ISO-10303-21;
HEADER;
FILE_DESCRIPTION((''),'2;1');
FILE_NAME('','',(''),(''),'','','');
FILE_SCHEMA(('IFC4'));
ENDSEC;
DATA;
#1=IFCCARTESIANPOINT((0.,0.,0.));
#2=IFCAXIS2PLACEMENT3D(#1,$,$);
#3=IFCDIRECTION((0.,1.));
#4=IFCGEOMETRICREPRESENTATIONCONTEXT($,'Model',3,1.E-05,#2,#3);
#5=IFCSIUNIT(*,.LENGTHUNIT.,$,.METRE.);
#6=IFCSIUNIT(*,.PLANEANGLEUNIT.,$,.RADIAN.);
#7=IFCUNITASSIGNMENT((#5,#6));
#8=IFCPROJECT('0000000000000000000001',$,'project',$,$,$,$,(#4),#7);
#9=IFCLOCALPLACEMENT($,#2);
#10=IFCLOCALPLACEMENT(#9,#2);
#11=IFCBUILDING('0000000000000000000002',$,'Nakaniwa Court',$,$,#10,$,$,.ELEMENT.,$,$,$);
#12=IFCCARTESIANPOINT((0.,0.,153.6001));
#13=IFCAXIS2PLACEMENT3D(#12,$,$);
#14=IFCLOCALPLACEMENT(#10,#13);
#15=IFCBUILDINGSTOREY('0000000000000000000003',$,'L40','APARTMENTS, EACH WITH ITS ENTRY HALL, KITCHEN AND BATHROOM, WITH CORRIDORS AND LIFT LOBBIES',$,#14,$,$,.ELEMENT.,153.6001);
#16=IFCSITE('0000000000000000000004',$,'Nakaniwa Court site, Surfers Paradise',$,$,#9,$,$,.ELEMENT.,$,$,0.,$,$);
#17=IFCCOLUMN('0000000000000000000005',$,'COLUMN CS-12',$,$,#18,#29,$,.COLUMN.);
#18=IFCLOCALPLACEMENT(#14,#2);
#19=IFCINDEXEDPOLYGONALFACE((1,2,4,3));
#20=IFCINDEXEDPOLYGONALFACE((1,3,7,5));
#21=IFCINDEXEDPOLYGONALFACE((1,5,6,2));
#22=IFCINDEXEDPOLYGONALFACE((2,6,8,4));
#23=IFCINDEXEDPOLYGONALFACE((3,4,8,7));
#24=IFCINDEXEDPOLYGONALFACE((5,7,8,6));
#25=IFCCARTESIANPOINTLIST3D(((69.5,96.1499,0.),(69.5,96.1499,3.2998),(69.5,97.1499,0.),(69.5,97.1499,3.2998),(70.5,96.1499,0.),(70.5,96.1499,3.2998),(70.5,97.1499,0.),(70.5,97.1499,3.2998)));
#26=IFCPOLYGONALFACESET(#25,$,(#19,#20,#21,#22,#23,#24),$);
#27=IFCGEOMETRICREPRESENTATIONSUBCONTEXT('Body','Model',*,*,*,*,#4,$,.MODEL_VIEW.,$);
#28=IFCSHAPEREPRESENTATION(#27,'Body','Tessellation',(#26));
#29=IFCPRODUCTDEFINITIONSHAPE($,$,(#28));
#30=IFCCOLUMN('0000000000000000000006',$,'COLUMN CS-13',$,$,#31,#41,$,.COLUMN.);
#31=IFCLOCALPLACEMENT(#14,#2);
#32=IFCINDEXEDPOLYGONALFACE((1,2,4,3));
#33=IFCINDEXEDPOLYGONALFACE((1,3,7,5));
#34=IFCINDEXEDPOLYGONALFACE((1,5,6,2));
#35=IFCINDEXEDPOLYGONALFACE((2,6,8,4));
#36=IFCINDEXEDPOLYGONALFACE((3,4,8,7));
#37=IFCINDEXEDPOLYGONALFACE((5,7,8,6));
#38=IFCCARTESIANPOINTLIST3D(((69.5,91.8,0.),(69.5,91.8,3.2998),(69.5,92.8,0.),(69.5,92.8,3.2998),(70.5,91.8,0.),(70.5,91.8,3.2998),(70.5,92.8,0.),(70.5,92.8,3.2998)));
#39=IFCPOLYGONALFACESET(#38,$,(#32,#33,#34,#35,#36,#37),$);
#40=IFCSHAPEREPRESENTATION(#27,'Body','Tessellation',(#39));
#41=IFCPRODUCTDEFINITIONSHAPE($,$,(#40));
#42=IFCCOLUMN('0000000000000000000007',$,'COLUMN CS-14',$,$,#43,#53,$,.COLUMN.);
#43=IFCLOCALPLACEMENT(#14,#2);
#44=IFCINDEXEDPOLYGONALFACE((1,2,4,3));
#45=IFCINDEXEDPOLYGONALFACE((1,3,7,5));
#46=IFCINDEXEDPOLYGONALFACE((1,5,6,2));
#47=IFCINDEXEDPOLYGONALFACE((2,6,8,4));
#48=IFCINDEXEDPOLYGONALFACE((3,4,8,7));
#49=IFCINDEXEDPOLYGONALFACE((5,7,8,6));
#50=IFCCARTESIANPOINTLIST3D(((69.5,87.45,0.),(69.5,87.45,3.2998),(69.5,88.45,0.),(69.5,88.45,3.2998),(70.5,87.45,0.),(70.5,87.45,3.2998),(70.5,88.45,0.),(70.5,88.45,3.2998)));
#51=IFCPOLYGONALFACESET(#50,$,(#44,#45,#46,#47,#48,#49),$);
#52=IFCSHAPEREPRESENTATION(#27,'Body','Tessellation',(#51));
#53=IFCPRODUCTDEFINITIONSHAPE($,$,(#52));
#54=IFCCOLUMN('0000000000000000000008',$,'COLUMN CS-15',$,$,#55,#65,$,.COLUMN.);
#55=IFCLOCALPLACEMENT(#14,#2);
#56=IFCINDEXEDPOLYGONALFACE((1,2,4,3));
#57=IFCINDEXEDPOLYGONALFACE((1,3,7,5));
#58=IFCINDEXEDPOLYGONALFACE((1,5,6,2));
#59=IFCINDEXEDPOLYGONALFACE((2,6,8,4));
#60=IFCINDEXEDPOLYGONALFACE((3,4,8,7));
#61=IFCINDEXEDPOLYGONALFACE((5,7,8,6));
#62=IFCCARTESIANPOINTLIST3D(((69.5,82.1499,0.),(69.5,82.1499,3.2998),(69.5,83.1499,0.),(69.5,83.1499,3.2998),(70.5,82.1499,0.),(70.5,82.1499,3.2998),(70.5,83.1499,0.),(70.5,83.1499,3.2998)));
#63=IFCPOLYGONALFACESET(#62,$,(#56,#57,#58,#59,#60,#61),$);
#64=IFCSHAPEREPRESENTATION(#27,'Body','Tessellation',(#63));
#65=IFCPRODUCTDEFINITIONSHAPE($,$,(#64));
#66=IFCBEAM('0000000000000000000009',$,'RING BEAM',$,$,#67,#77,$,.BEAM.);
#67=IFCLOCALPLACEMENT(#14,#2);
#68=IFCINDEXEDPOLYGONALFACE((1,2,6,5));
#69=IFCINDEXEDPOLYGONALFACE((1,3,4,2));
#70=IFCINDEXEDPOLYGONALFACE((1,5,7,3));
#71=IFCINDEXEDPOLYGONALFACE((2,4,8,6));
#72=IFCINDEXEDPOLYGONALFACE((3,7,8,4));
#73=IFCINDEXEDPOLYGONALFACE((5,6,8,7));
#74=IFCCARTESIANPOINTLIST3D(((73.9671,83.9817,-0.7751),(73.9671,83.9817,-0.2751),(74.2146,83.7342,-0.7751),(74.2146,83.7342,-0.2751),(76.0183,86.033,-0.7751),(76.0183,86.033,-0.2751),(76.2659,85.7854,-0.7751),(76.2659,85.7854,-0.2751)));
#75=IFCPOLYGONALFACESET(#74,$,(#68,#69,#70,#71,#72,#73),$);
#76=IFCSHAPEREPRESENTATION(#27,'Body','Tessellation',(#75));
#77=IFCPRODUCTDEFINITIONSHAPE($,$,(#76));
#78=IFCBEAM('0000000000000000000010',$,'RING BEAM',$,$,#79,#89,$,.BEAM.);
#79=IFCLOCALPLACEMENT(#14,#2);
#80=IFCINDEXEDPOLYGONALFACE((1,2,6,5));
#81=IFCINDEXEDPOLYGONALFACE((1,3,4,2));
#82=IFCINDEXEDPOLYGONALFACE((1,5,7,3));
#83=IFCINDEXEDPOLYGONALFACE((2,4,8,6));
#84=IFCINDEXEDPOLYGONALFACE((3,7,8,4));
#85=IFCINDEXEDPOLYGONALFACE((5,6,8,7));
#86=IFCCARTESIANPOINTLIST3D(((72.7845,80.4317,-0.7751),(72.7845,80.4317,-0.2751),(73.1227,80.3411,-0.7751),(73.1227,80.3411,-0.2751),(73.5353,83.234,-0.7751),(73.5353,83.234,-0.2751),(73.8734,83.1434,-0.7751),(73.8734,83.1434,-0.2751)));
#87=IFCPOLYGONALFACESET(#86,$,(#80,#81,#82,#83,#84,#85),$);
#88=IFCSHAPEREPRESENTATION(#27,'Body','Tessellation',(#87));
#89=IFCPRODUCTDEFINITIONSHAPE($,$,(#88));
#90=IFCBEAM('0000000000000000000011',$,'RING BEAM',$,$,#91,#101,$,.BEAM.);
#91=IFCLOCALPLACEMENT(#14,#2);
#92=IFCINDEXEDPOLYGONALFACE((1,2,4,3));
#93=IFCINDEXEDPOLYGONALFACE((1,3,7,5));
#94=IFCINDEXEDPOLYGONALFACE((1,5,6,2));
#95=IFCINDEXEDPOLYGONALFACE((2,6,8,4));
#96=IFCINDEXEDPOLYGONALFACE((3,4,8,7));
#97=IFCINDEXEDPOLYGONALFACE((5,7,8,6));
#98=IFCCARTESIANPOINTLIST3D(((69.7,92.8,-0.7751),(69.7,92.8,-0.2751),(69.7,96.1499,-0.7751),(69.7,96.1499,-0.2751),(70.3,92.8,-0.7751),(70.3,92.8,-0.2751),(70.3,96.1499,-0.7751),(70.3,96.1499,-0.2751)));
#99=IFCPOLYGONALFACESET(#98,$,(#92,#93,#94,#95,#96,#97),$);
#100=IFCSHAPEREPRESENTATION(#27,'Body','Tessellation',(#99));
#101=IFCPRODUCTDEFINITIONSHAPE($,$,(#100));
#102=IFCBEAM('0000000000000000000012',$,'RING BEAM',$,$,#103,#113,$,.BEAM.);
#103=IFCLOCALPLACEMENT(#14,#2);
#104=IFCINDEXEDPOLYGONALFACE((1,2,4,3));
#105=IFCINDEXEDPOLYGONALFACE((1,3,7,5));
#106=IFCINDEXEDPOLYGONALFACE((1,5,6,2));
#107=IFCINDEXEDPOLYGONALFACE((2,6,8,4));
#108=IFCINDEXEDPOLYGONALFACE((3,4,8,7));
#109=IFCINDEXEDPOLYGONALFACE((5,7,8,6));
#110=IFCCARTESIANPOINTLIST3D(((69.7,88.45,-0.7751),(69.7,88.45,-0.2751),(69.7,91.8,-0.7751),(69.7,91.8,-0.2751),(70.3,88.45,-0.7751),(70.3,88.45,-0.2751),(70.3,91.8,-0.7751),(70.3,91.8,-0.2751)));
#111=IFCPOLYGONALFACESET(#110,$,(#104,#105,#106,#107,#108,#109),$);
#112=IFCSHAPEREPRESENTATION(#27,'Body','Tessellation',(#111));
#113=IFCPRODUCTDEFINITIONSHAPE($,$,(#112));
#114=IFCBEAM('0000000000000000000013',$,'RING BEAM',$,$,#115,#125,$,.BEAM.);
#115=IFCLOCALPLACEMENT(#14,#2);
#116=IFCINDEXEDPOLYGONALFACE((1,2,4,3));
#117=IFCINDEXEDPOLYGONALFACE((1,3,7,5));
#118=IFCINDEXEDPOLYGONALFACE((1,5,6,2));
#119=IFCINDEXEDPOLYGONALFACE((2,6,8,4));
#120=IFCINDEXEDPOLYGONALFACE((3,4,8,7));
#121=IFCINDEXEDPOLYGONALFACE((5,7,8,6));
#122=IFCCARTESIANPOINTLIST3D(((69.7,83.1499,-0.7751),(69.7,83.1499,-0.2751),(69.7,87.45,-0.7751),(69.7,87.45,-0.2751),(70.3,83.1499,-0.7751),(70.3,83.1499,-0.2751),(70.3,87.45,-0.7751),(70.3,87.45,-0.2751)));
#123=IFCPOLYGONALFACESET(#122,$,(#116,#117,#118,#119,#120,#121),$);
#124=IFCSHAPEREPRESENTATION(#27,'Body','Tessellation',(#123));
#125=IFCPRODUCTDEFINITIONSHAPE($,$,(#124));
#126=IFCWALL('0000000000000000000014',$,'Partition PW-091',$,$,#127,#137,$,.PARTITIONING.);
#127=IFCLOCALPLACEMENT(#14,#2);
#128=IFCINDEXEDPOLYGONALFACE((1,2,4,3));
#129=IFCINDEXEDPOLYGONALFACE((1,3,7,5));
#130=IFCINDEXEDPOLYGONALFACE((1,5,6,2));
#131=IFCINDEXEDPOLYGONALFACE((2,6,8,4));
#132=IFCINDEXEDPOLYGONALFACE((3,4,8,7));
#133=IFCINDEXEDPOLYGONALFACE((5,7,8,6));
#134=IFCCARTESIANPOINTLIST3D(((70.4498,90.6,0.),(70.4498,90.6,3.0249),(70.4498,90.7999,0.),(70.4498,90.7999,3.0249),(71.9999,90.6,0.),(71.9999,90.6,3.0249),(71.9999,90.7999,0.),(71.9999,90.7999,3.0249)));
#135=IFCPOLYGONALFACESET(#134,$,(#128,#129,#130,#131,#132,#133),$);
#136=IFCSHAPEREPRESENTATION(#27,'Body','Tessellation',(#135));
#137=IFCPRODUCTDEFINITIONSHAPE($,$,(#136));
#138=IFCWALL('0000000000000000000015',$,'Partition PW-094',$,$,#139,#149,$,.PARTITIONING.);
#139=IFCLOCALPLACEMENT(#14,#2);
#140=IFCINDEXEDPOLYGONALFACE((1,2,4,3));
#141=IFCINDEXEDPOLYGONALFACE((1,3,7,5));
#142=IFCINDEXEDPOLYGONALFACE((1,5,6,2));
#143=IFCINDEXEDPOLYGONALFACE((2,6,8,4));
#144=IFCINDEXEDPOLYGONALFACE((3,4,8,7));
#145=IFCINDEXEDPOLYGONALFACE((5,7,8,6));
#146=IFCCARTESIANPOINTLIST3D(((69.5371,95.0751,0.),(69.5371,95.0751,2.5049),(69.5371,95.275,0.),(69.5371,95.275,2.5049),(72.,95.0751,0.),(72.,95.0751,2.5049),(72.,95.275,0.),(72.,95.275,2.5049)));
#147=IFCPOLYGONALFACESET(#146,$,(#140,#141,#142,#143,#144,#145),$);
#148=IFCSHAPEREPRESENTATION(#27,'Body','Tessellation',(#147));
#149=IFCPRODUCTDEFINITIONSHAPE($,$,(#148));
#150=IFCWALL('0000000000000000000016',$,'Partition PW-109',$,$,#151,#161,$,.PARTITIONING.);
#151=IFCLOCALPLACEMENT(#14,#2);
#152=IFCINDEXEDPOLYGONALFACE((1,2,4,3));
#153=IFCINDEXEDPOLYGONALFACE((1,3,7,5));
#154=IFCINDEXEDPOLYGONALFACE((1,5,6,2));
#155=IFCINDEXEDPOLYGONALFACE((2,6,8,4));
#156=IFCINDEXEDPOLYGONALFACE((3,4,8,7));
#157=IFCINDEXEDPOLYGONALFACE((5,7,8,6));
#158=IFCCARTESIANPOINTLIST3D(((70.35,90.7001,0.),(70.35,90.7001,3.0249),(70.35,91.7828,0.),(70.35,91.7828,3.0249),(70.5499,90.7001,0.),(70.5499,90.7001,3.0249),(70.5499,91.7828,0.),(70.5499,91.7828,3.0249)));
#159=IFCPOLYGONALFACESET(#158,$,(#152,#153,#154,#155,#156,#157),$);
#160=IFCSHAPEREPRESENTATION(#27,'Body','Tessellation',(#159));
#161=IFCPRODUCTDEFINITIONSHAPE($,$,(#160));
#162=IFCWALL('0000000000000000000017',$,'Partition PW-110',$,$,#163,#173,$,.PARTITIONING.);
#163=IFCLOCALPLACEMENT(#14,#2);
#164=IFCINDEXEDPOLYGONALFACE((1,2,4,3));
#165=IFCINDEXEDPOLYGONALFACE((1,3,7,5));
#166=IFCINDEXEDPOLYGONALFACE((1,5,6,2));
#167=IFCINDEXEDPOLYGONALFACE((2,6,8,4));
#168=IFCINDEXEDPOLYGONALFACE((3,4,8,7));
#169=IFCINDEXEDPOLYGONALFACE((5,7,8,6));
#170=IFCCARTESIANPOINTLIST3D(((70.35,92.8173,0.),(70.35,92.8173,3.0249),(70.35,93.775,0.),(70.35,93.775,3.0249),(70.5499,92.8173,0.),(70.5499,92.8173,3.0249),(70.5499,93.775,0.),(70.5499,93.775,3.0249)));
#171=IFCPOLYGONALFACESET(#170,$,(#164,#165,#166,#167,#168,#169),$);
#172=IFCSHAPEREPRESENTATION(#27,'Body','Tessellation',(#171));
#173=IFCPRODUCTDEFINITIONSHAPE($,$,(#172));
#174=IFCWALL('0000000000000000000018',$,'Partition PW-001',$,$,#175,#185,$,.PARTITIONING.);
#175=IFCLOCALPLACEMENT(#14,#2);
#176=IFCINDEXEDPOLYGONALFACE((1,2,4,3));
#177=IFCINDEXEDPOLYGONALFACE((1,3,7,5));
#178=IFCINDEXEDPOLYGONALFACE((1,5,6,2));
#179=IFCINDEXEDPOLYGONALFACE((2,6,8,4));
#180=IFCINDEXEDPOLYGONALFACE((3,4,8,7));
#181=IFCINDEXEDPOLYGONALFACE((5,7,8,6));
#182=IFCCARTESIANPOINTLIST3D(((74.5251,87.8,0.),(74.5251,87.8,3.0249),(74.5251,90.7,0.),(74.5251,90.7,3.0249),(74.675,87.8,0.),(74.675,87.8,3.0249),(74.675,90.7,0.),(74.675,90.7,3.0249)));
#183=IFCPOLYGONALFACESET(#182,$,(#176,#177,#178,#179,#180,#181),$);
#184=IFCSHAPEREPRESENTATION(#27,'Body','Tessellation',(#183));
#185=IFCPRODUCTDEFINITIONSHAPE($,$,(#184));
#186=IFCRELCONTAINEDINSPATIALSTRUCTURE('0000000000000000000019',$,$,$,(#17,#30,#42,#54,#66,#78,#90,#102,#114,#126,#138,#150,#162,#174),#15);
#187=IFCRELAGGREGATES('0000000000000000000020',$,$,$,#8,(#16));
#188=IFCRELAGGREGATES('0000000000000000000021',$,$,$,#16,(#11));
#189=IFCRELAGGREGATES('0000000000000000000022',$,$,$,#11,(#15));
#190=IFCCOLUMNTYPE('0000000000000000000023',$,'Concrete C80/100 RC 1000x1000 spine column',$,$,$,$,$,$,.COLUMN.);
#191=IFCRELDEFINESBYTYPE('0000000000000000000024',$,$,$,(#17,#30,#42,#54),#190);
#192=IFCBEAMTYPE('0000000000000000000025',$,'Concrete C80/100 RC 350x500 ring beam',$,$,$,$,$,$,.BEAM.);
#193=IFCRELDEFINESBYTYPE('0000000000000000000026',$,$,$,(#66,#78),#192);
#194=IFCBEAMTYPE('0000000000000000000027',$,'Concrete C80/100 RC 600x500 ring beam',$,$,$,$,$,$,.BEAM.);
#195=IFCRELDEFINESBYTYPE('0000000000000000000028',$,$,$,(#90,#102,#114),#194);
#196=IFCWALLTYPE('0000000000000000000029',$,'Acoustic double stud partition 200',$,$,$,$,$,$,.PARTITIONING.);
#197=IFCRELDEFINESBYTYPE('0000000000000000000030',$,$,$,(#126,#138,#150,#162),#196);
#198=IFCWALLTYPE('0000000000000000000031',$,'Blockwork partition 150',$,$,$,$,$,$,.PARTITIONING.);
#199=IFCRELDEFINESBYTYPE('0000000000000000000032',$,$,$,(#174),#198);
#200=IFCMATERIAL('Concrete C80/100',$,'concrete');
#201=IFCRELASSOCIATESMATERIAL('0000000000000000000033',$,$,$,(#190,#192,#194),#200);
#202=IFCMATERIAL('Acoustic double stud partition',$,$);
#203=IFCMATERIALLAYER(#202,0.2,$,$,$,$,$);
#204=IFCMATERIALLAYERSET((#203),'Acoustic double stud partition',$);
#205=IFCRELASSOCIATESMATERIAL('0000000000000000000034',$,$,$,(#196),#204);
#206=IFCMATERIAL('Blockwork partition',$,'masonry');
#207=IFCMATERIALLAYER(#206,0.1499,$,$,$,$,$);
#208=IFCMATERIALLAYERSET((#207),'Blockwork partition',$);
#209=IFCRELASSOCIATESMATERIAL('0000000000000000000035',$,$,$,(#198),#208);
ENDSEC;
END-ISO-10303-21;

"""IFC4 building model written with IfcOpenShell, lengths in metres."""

from ifc_helpers import new_model, si_unit, direction, frame, frame_2d, origin, origin_2d, place, context, subcontext, project, spatial, rectangle, extrude, material, layer, layer_set, material_profile, profile_set, type_object, element, save


model = new_model("IFC4")

# Units and contexts
model_context = context("Model", 3, precision=1e-05, world=origin(), true_north=direction((0.0, 1.0)))
body_context = subcontext(model_context, "Body", "Model", "MODEL_VIEW")
ifc_project = project(units=[si_unit("LENGTHUNIT", "METRE"), si_unit("PLANEANGLEUNIT", "RADIAN")], contexts=[model_context])

# Site, building, storey
site_placement = place(None, origin())
site = spatial("IfcSite", under=ifc_project, at=site_placement, Name="Nakaniwa Court site, Surfers Paradise", CompositionType="ELEMENT", RefElevation=0.0)
building_placement = place(site_placement, origin())
building = spatial("IfcBuilding", under=site, at=building_placement, Name="Nakaniwa Court", CompositionType="ELEMENT")
storey_placement = place(building_placement, frame((0.0, 0.0, 153.6001)))
storey = spatial("IfcBuildingStorey", under=building, at=storey_placement, Name="L40", Description="APARTMENTS, EACH WITH ITS ENTRY HALL, KITCHEN AND BATHROOM, WITH CORRIDORS AND LIFT LOBBIES", CompositionType="ELEMENT", Elevation=153.6001)

# Columns
ifc_material_1 = material(Name="Concrete C80/100", Category="concrete")
ifc_material_profile_1 = material_profile(ifc_material_1, rectangle(XDim=1.0, YDim=1.0, at=origin_2d()), Name="Concrete C80/100 RC 1000x1000 spine column")
ifc_profile_set_1 = profile_set([ifc_material_profile_1], Name="Concrete C80/100")
column_type_1 = type_object("IfcColumnType", Name="Concrete C80/100 RC 1000x1000 spine column", PredefinedType="COLUMN", material=ifc_profile_set_1)
for number, where, z_axis, x_axis, name in (
    (1, (70.0, 96.6499, 0.0), (0.0, 0.0, 1.0), (0.0, -1.0, 0.0), "COLUMN CS-12"),
    (2, (70.0, 92.3, 0.0), (0.0, 0.0, 1.0), (0.0, -1.0, 0.0), "COLUMN CS-13"),
    (3, (70.0, 87.95, 0.0), (0.0, 0.0, 1.0), (0.0, -1.0, 0.0), "COLUMN CS-14"),
    (4, (70.0, 82.6499, 0.0), (0.0, 0.0, 1.0), (0.0, -1.0, 0.0), "COLUMN CS-15"),
):
    element("IfcColumn", number, at=place(storey_placement, frame(where, z_axis=z_axis, x_axis=x_axis)), inside=storey, type_object=column_type_1, Name=name, PredefinedType="COLUMN", context=body_context, shape_type="SweptSolid", body=[
        extrude(rectangle(XDim=1.0, YDim=1.0, at=origin_2d()), origin(), (0.0, 0.0, 1.0), 3.2998),
    ])

# Beams
ifc_material_profile_2 = material_profile(ifc_material_1, rectangle(XDim=0.3501, YDim=0.5, at=origin_2d()), Name="Concrete C80/100 RC 350x500 ring beam")
ifc_profile_set_2 = profile_set([ifc_material_profile_2], Name="Concrete C80/100")
beam_type_1 = type_object("IfcBeamType", Name="Concrete C80/100 RC 350x500 ring beam", PredefinedType="BEAM", material=ifc_profile_set_2)
beam_1_placement = place(storey_placement, frame((76.1421, 85.9092, -0.5251), z_axis=(-0.707107, -0.707107, 0.0), x_axis=(0.707107, -0.707107, 0.0)))
element("IfcBeam", 5, at=beam_1_placement, inside=storey, type_object=beam_type_1, Name="RING BEAM", PredefinedType="BEAM", context=body_context, shape_type="SweptSolid", body=[
    extrude(rectangle(XDim=0.3501, YDim=0.5, at=origin_2d()), origin(), (0.0, 0.0, 1.0), 2.9009),
])
beam_2_placement = place(storey_placement, frame((73.7043, 83.1887, -0.5251), z_axis=(-0.258778, -0.965937, 0.0), x_axis=(0.965937, -0.258778, 0.0)))
element("IfcBeam", 6, at=beam_2_placement, inside=storey, type_object=beam_type_1, Name="RING BEAM", PredefinedType="BEAM", context=body_context, shape_type="SweptSolid", body=[
    extrude(rectangle(XDim=0.3501, YDim=0.5, at=origin_2d()), origin(), (0.0, 0.0, 1.0), 2.9011),
])
ifc_material_profile_3 = material_profile(ifc_material_1, rectangle(XDim=0.6001, YDim=0.5, at=origin_2d()), Name="Concrete C80/100 RC 600x500 ring beam")
ifc_profile_set_3 = profile_set([ifc_material_profile_3], Name="Concrete C80/100")
beam_type_2 = type_object("IfcBeamType", Name="Concrete C80/100 RC 600x500 ring beam", PredefinedType="BEAM", material=ifc_profile_set_3)
beam_3_placement = place(storey_placement, frame((70.0, 96.1499, -0.5251), z_axis=(0.0, -1.0, 0.0), x_axis=(1.0, 0.0, 0.0)))
element("IfcBeam", 7, at=beam_3_placement, inside=storey, type_object=beam_type_2, Name="RING BEAM", PredefinedType="BEAM", context=body_context, shape_type="SweptSolid", body=[
    extrude(rectangle(XDim=0.6001, YDim=0.5, at=origin_2d()), origin(), (0.0, 0.0, 1.0), 3.3499),
])
beam_4_placement = place(storey_placement, frame((70.0, 91.8, -0.5251), z_axis=(0.0, -1.0, 0.0), x_axis=(1.0, 0.0, 0.0)))
element("IfcBeam", 8, at=beam_4_placement, inside=storey, type_object=beam_type_2, Name="RING BEAM", PredefinedType="BEAM", context=body_context, shape_type="SweptSolid", body=[
    extrude(rectangle(XDim=0.6001, YDim=0.5, at=origin_2d()), origin(), (0.0, 0.0, 1.0), 3.3501),
])
beam_5_placement = place(storey_placement, frame((70.0, 87.45, -0.5251), z_axis=(0.0, -1.0, 0.0), x_axis=(1.0, 0.0, 0.0)))
element("IfcBeam", 9, at=beam_5_placement, inside=storey, type_object=beam_type_2, Name="RING BEAM", PredefinedType="BEAM", context=body_context, shape_type="SweptSolid", body=[
    extrude(rectangle(XDim=0.6001, YDim=0.5, at=origin_2d()), origin(), (0.0, 0.0, 1.0), 4.3),
])

# Walls
ifc_material_2 = material(Name="Acoustic double stud partition")
ifc_layer_1 = layer(ifc_material_2, 0.2)
ifc_layer_set_1 = layer_set([ifc_layer_1], Name="Acoustic double stud partition")
wall_type_1 = type_object("IfcWallType", Name="Acoustic double stud partition 200", PredefinedType="PARTITIONING", material=ifc_layer_set_1)
wall_1_placement = place(storey_placement, frame((70.45, 90.7, 0.0), z_axis=(0.0, 0.0, 1.0), x_axis=(1.0, 0.0, 0.0)))
element("IfcWall", 10, at=wall_1_placement, inside=storey, type_object=wall_type_1, Name="Partition PW-091", PredefinedType="PARTITIONING", context=body_context, shape_type="SweptSolid", body=[
    extrude(rectangle(XDim=1.55, YDim=0.2, at=frame_2d((0.7749, 0.0))), origin(), (0.0, 0.0, 1.0), 3.0249),
])
wall_2_placement = place(storey_placement, frame((69.5371, 95.175, 0.0), z_axis=(0.0, 0.0, 1.0), x_axis=(1.0, 0.0, 0.0)))
element("IfcWall", 11, at=wall_2_placement, inside=storey, type_object=wall_type_1, Name="Partition PW-094", PredefinedType="PARTITIONING", context=body_context, shape_type="SweptSolid", body=[
    extrude(rectangle(XDim=2.4629, YDim=0.2, at=frame_2d((1.2314, 0.0))), origin(), (0.0, 0.0, 1.0), 2.5049),
])
wall_3_placement = place(storey_placement, frame((70.45, 90.7, 0.0), z_axis=(0.0, 0.0, 1.0), x_axis=(0.0, 1.0, 0.0)))
element("IfcWall", 12, at=wall_3_placement, inside=storey, type_object=wall_type_1, Name="Partition PW-109", PredefinedType="PARTITIONING", context=body_context, shape_type="SweptSolid", body=[
    extrude(rectangle(XDim=1.0828, YDim=0.2, at=frame_2d((0.5415, 0.0))), origin(), (0.0, 0.0, 1.0), 3.0249),
])
wall_4_placement = place(storey_placement, frame((70.45, 92.8171, 0.0), z_axis=(0.0, 0.0, 1.0), x_axis=(0.0, 1.0, 0.0)))
element("IfcWall", 13, at=wall_4_placement, inside=storey, type_object=wall_type_1, Name="Partition PW-110", PredefinedType="PARTITIONING", context=body_context, shape_type="SweptSolid", body=[
    extrude(rectangle(XDim=0.9578, YDim=0.2, at=frame_2d((0.479, 0.0))), origin(), (0.0, 0.0, 1.0), 3.0249),
])
ifc_material_3 = material(Name="Blockwork partition", Category="masonry")
ifc_layer_2 = layer(ifc_material_3, 0.1499)
ifc_layer_set_2 = layer_set([ifc_layer_2], Name="Blockwork partition")
wall_type_2 = type_object("IfcWallType", Name="Blockwork partition 150", PredefinedType="PARTITIONING", material=ifc_layer_set_2)
wall_5_placement = place(storey_placement, frame((74.6001, 87.8, 0.0), z_axis=(0.0, 0.0, 1.0), x_axis=(0.0, 1.0, 0.0)))
element("IfcWall", 14, at=wall_5_placement, inside=storey, type_object=wall_type_2, Name="Partition PW-001", PredefinedType="PARTITIONING", context=body_context, shape_type="SweptSolid", body=[
    extrude(rectangle(XDim=2.8999, YDim=0.1499, at=frame_2d((1.45, 0.0))), origin(), (0.0, 0.0, 1.0), 3.0249),
])

save(model, "model.ifc")
